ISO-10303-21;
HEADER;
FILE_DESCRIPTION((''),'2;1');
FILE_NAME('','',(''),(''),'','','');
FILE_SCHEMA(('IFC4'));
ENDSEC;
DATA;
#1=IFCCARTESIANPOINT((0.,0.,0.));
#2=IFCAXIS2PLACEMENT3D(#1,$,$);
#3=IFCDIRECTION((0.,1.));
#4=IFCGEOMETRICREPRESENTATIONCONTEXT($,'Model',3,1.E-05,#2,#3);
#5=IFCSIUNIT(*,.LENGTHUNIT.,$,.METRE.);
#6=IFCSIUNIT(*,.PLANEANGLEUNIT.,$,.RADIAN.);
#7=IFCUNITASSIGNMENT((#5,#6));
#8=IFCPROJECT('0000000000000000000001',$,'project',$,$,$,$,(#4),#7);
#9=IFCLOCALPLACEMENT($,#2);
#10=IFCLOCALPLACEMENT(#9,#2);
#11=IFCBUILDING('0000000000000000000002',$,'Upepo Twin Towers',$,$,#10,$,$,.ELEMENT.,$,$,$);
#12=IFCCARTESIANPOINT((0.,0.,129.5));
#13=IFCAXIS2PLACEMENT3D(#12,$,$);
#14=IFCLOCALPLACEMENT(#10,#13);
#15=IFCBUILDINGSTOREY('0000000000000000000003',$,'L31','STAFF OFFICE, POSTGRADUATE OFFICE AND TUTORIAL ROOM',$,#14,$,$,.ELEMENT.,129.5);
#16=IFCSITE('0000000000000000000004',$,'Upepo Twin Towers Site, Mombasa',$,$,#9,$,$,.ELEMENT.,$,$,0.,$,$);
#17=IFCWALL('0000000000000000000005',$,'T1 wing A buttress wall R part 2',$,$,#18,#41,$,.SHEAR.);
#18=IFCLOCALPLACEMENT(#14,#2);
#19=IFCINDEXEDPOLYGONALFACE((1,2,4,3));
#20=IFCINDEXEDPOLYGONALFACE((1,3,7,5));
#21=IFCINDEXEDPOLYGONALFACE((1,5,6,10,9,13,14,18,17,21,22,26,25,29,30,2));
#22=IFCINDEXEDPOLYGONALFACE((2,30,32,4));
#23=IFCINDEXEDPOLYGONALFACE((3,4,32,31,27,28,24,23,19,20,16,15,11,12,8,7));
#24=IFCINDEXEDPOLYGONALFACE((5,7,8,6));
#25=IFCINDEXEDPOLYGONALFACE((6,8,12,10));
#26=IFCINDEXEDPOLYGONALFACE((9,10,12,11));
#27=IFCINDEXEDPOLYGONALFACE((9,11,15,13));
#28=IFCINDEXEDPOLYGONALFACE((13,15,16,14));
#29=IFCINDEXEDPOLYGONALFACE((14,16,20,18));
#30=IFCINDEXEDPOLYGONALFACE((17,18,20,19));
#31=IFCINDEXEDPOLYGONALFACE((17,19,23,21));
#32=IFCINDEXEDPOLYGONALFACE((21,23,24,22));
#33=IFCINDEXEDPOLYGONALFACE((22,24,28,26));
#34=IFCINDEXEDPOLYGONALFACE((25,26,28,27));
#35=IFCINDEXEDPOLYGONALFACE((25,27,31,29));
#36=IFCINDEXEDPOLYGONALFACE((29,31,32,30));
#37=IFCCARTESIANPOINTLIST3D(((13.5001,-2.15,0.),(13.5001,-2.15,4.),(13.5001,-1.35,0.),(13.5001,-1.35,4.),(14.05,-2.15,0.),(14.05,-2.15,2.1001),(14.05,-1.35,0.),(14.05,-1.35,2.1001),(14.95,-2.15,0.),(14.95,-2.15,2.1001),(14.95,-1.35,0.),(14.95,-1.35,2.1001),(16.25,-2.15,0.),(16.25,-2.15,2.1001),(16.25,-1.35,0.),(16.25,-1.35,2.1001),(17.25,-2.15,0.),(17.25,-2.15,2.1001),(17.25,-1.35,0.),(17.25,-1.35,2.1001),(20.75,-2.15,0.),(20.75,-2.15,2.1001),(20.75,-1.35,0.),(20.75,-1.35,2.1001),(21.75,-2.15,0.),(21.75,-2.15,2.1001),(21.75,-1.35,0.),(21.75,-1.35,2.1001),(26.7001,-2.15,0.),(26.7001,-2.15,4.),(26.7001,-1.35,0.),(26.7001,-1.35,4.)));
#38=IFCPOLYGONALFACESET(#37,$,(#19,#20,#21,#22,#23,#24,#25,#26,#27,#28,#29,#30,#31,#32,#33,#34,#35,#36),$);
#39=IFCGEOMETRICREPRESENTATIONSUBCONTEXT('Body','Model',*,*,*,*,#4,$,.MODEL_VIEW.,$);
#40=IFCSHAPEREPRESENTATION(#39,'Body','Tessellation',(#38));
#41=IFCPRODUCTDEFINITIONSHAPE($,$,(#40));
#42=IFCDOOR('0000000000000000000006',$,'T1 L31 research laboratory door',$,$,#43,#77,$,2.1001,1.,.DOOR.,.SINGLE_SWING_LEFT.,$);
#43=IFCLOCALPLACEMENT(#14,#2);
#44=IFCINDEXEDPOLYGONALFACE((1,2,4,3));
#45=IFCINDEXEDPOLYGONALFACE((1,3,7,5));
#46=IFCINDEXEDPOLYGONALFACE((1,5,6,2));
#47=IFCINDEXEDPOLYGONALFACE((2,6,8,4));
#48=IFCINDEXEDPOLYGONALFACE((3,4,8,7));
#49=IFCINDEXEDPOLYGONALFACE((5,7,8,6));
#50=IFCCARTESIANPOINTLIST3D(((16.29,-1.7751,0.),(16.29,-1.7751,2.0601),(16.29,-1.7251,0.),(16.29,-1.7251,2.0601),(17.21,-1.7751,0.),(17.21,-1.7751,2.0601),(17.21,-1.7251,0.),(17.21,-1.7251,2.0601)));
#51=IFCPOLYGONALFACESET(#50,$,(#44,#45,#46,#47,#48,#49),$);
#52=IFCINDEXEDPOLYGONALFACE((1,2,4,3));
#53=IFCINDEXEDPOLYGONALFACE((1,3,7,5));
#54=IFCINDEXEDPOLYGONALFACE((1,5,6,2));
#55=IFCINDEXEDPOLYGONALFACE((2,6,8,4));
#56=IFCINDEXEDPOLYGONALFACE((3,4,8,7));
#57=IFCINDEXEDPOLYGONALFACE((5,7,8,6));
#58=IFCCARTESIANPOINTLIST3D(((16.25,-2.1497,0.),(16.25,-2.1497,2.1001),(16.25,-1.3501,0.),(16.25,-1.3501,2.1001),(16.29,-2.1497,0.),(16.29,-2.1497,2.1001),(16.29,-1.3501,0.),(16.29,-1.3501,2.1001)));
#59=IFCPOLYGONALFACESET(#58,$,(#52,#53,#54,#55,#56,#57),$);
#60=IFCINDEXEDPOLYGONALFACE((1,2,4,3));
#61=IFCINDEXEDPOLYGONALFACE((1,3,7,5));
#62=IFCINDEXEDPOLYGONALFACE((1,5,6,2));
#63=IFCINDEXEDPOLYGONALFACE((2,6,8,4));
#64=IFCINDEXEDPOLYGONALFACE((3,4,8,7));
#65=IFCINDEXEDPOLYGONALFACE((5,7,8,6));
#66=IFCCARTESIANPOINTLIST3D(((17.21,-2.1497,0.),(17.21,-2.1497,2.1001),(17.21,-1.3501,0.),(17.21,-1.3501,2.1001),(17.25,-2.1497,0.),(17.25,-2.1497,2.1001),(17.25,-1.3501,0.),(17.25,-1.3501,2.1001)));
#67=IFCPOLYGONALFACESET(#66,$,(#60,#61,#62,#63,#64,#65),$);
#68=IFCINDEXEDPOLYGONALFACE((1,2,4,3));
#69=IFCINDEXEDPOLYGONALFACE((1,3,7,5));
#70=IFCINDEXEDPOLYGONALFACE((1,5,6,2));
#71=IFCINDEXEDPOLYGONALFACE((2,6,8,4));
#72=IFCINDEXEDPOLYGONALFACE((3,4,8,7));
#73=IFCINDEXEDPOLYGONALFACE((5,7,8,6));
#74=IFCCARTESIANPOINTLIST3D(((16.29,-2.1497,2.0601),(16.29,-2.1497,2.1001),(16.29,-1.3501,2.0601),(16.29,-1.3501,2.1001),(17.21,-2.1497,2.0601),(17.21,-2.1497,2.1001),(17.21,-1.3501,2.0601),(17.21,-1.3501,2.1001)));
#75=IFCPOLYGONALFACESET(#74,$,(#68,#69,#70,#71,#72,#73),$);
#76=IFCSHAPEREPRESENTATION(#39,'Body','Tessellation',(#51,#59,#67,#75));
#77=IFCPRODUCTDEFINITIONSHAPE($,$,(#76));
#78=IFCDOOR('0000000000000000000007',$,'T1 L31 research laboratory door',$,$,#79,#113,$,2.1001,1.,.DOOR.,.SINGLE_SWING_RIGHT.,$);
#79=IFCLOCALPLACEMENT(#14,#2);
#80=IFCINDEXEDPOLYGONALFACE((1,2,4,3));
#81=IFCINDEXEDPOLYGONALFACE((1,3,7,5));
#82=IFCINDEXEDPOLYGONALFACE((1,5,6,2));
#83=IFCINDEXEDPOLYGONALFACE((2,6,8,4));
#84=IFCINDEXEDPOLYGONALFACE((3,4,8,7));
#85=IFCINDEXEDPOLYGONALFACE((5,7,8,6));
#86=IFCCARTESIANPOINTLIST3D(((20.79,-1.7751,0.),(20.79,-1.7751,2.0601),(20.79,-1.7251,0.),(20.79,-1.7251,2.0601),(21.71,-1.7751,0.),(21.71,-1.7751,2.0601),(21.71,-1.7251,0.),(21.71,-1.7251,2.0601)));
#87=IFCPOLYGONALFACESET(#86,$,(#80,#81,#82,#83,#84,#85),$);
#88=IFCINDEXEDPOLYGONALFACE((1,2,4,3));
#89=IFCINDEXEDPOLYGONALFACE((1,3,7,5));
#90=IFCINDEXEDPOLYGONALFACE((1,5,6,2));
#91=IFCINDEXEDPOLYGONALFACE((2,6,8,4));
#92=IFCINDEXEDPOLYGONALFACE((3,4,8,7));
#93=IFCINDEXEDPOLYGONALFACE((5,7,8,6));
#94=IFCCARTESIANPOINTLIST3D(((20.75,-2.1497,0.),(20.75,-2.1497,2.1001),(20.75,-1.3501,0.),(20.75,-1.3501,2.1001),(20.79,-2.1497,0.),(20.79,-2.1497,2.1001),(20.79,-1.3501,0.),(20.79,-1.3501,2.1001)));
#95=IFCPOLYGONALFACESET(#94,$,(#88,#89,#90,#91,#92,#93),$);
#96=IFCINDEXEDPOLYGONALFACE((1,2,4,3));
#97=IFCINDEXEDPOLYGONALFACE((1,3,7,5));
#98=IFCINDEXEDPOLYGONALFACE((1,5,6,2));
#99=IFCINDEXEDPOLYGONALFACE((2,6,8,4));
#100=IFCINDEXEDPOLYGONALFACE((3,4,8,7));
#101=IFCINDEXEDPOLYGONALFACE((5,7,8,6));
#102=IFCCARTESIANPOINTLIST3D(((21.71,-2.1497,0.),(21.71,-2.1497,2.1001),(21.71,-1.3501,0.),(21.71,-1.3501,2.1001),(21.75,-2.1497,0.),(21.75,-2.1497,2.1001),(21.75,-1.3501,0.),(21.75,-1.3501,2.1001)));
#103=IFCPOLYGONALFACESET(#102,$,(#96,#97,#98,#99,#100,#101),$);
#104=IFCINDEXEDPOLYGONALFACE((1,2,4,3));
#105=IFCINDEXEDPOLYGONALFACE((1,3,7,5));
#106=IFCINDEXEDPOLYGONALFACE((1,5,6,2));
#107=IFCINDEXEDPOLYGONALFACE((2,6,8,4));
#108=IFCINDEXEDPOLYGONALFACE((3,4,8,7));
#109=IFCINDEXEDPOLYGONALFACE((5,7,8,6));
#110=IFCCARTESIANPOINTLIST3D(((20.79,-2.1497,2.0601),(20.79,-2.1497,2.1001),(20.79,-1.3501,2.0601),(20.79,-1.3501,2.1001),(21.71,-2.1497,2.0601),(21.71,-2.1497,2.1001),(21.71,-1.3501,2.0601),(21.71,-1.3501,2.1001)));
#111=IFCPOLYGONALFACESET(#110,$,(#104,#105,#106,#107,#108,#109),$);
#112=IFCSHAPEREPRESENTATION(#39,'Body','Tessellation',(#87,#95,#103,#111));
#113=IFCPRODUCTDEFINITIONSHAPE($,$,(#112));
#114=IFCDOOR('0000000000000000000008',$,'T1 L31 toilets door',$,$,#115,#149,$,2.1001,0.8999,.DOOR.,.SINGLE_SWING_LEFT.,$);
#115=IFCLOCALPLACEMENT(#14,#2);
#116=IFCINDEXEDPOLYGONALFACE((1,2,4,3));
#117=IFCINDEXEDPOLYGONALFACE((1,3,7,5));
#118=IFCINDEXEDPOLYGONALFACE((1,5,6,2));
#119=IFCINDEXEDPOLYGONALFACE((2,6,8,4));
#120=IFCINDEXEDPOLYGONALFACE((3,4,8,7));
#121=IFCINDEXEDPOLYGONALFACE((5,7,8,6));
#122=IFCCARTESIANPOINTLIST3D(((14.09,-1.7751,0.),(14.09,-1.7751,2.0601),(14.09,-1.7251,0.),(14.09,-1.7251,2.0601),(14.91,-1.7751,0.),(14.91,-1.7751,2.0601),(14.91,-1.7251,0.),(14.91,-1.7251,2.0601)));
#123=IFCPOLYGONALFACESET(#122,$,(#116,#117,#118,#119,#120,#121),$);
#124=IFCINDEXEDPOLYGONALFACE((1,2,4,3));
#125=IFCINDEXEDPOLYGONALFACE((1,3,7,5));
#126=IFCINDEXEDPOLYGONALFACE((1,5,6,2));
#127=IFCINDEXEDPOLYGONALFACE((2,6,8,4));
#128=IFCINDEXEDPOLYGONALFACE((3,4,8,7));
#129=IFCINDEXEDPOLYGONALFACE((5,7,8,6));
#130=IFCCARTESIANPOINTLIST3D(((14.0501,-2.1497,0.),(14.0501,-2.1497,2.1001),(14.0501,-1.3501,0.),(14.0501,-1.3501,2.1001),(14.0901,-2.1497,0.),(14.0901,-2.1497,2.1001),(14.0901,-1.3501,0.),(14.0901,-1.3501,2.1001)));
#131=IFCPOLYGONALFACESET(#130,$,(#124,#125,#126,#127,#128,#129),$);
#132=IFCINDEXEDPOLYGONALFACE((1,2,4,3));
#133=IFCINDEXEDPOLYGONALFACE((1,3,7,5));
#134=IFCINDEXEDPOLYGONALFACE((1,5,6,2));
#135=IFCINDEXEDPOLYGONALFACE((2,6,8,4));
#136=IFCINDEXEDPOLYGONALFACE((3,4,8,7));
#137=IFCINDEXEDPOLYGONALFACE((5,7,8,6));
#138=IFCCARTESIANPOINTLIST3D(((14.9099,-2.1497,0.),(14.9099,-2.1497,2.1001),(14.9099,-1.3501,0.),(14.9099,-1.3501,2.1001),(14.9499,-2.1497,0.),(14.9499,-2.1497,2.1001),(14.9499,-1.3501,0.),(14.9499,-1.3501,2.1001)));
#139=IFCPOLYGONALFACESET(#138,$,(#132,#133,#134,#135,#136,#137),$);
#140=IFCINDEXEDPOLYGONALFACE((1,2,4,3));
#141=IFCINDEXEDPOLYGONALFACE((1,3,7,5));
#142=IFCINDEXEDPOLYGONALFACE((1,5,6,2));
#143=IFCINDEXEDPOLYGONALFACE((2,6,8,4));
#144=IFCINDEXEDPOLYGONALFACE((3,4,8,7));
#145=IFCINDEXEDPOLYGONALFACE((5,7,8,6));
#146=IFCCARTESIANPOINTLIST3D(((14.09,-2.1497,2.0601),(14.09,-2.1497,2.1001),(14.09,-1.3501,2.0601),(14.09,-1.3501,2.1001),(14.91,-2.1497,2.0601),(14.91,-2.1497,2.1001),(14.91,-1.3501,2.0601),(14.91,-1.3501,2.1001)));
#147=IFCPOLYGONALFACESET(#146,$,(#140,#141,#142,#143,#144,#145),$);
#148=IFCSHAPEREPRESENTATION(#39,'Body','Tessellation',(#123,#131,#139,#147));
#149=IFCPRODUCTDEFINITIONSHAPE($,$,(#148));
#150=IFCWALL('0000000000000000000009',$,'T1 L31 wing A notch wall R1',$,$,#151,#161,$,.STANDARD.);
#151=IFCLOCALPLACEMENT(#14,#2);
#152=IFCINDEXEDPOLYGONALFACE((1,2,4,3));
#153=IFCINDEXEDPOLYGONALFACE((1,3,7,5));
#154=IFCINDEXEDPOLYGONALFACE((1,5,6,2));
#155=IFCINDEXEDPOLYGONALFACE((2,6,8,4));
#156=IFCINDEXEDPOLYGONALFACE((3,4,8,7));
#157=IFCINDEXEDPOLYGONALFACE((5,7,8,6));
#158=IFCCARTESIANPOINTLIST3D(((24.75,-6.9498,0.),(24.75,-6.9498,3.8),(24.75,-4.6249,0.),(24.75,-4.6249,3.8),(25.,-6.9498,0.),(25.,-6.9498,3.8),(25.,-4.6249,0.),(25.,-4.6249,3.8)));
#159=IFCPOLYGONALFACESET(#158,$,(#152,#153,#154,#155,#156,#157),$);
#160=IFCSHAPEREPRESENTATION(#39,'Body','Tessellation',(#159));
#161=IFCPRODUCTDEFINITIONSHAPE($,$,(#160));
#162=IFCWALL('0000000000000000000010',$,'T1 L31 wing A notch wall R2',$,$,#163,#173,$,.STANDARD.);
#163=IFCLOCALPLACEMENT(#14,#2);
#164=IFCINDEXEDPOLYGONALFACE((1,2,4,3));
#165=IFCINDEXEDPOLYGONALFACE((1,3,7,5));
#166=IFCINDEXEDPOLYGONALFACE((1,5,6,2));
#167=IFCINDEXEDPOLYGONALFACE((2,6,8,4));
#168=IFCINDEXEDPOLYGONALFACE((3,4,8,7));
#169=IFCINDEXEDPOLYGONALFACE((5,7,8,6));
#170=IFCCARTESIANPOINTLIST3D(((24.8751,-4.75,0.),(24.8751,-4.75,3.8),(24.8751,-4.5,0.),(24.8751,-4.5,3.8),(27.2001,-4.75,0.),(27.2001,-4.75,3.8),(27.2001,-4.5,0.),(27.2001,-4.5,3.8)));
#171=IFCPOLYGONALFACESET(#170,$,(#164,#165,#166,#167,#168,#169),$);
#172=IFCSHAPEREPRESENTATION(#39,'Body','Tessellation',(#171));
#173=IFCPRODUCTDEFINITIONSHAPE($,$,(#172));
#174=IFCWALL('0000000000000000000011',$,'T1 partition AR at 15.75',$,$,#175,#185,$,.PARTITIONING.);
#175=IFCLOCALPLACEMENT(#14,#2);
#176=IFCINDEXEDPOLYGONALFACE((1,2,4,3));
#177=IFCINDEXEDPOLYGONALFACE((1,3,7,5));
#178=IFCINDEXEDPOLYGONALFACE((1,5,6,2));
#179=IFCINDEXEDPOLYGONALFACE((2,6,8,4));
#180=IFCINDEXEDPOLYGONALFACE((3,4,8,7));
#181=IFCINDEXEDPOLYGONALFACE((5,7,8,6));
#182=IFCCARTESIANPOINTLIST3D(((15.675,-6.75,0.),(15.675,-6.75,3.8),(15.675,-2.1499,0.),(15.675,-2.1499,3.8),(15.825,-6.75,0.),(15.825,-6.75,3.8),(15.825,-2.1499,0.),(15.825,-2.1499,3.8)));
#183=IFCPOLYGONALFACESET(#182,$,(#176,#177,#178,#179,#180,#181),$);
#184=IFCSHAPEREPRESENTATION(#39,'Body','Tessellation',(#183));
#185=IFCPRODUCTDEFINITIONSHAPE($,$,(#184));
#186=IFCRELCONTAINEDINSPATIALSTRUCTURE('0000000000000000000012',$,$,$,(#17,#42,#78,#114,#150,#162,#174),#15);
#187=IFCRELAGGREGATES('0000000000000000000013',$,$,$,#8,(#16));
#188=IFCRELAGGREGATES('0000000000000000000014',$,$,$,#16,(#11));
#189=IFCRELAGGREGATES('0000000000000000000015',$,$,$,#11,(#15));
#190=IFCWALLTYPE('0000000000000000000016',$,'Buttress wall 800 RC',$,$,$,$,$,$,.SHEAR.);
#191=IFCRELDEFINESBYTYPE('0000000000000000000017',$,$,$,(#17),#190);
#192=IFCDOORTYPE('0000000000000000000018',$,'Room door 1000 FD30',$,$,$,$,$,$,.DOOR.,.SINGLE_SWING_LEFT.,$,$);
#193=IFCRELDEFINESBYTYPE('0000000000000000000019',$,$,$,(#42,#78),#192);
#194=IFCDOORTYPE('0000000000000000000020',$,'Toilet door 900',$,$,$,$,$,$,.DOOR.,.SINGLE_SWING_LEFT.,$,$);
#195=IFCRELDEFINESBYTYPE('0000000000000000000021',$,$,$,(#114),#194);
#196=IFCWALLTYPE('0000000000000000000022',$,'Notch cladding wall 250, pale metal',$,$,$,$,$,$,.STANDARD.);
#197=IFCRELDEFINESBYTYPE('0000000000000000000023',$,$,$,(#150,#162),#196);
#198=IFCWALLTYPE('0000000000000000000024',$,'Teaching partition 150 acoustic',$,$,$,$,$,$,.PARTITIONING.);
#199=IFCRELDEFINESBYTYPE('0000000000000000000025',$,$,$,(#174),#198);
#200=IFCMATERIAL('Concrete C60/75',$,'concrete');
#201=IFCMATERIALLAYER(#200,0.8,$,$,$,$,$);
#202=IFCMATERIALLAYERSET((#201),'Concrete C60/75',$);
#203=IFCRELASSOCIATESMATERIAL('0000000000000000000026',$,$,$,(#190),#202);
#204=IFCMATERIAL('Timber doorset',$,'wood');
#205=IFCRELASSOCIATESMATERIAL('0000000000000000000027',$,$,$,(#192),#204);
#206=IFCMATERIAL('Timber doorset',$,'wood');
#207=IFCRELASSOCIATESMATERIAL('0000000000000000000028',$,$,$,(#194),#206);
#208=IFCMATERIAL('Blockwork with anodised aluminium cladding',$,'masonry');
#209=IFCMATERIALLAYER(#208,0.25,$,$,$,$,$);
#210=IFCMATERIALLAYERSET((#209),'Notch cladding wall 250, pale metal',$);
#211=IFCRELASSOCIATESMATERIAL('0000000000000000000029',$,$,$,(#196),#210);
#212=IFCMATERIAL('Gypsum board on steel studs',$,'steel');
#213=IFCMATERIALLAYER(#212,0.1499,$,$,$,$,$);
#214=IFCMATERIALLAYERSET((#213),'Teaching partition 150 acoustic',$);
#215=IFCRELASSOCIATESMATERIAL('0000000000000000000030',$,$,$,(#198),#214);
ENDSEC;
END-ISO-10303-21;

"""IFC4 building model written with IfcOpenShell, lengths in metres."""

from ifc_helpers import new_model, si_unit, direction, frame, frame_2d, origin, place, context, subcontext, project, spatial, rectangle, extrude, material, layer, layer_set, type_object, element, fill, save


model = new_model("IFC4")

# Units and contexts
model_context = context("Model", 3, precision=1e-05, world=origin(), true_north=direction((0.0, 1.0)))
body_context = subcontext(model_context, "Body", "Model", "MODEL_VIEW")
ifc_project = project(units=[si_unit("LENGTHUNIT", "METRE"), si_unit("PLANEANGLEUNIT", "RADIAN")], contexts=[model_context])

# Site, building, storey
site_placement = place(None, origin())
site = spatial("IfcSite", under=ifc_project, at=site_placement, Name="Upepo Twin Towers Site, Mombasa", CompositionType="ELEMENT", RefElevation=0.0)
building_placement = place(site_placement, origin())
building = spatial("IfcBuilding", under=site, at=building_placement, Name="Upepo Twin Towers", CompositionType="ELEMENT")
storey_placement = place(building_placement, frame((0.0, 0.0, 129.5)))
storey = spatial("IfcBuildingStorey", under=building, at=storey_placement, Name="L31", Description="STAFF OFFICE, POSTGRADUATE OFFICE AND TUTORIAL ROOM", CompositionType="ELEMENT", Elevation=129.5)

# Wall, openings, doors
ifc_material_1 = material(Name="Concrete C60/75", Category="concrete")
ifc_layer_1 = layer(ifc_material_1, 0.8)
ifc_layer_set_1 = layer_set([ifc_layer_1], Name="Concrete C60/75")
wall_type_1 = type_object("IfcWallType", Name="Buttress wall 800 RC", PredefinedType="SHEAR", material=ifc_layer_set_1)
wall_1_placement = place(storey_placement, frame((13.5, -1.75, 0.0), z_axis=(0.0, 0.0, 1.0), x_axis=(1.0, 0.0, 0.0)))
wall_1 = element("IfcWall", 1, at=wall_1_placement, inside=storey, type_object=wall_type_1, Name="T1 wing A buttress wall R part 2", PredefinedType="SHEAR", context=body_context, shape_type="SweptSolid", body=[
    extrude(rectangle(XDim=13.2, YDim=0.8, at=frame_2d((6.6001, 0.0))), origin(), (0.0, 0.0, 1.0), 4.0),
])
opening_1_placement = place(wall_1_placement, frame((0.55, 0.0, 0.0)))
opening_1 = element("IfcOpeningElement", 2, at=opening_1_placement, cuts=wall_1, PredefinedType="OPENING", context=body_context, shape_type="SweptSolid", body=[
    extrude(rectangle(XDim=0.8999, YDim=2.1001, at=frame_2d((0.45, 1.05))), frame((0.0, 0.4099, 0.0), z_axis=(0.0, -1.0, 0.0), x_axis=(1.0, 0.0, 0.0)), (0.0, 0.0, 1.0), 0.8201),
])
opening_2_placement = place(wall_1_placement, frame((2.75, 0.0, 0.0)))
opening_2 = element("IfcOpeningElement", 3, at=opening_2_placement, cuts=wall_1, PredefinedType="OPENING", context=body_context, shape_type="SweptSolid", body=[
    extrude(rectangle(XDim=1.0, YDim=2.1001, at=frame_2d((0.5, 1.05))), frame((0.0, 0.4099, 0.0), z_axis=(0.0, -1.0, 0.0), x_axis=(1.0, 0.0, 0.0)), (0.0, 0.0, 1.0), 0.8201),
])
opening_3_placement = place(wall_1_placement, frame((7.25, 0.0, 0.0)))
opening_3 = element("IfcOpeningElement", 4, at=opening_3_placement, cuts=wall_1, PredefinedType="OPENING", context=body_context, shape_type="SweptSolid", body=[
    extrude(rectangle(XDim=1.0, YDim=2.1001, at=frame_2d((0.5, 1.05))), frame((0.0, 0.4099, 0.0), z_axis=(0.0, -1.0, 0.0), x_axis=(1.0, 0.0, 0.0)), (0.0, 0.0, 1.0), 0.8201),
])
ifc_material_2 = material(Name="Timber doorset", Category="wood")
door_type_1 = type_object("IfcDoorType", Name="Room door 1000 FD30", OperationType="SINGLE_SWING_LEFT", PredefinedType="DOOR", material=ifc_material_2)
door_1_placement = place(opening_2_placement, origin())
door_1 = element("IfcDoor", 5, at=door_1_placement, inside=storey, type_object=door_type_1, Name="T1 L31 research laboratory door", OperationType="SINGLE_SWING_LEFT", OverallHeight=2.1001, OverallWidth=1.0, PredefinedType="DOOR", context=body_context, shape_type="SweptSolid", body=[
    extrude(rectangle(XDim=0.92, YDim=2.0601, at=frame_2d((0.5, 1.03))), frame((0.0, 0.0249, 0.0), z_axis=(0.0, -1.0, 0.0), x_axis=(1.0, 0.0, 0.0)), (0.0, 0.0, 1.0), 0.05),
    extrude(rectangle(XDim=0.04, YDim=2.1001, at=frame_2d((0.02, 1.05))), frame((0.0, 0.3999, 0.0), z_axis=(0.0, -1.0, 0.0), x_axis=(1.0, 0.0, 0.0)), (0.0, 0.0, 1.0), 0.7996),
    extrude(rectangle(XDim=0.04, YDim=2.1001, at=frame_2d((0.98, 1.05))), frame((0.0, 0.3999, 0.0), z_axis=(0.0, -1.0, 0.0), x_axis=(1.0, 0.0, 0.0)), (0.0, 0.0, 1.0), 0.7996),
    extrude(rectangle(XDim=0.92, YDim=0.04, at=frame_2d((0.5, 2.0801))), frame((0.0, 0.3999, 0.0), z_axis=(0.0, -1.0, 0.0), x_axis=(1.0, 0.0, 0.0)), (0.0, 0.0, 1.0), 0.7996),
])
fill(opening_2, door_1)
door_2_placement = place(opening_3_placement, origin())
door_2 = element("IfcDoor", 6, at=door_2_placement, inside=storey, type_object=door_type_1, Name="T1 L31 research laboratory door", OperationType="SINGLE_SWING_RIGHT", OverallHeight=2.1001, OverallWidth=1.0, PredefinedType="DOOR", context=body_context, shape_type="SweptSolid", body=[
    extrude(rectangle(XDim=0.92, YDim=2.0601, at=frame_2d((0.5, 1.03))), frame((0.0, 0.0249, 0.0), z_axis=(0.0, -1.0, 0.0), x_axis=(1.0, 0.0, 0.0)), (0.0, 0.0, 1.0), 0.05),
    extrude(rectangle(XDim=0.04, YDim=2.1001, at=frame_2d((0.02, 1.05))), frame((0.0, 0.3999, 0.0), z_axis=(0.0, -1.0, 0.0), x_axis=(1.0, 0.0, 0.0)), (0.0, 0.0, 1.0), 0.7996),
    extrude(rectangle(XDim=0.04, YDim=2.1001, at=frame_2d((0.98, 1.05))), frame((0.0, 0.3999, 0.0), z_axis=(0.0, -1.0, 0.0), x_axis=(1.0, 0.0, 0.0)), (0.0, 0.0, 1.0), 0.7996),
    extrude(rectangle(XDim=0.92, YDim=0.04, at=frame_2d((0.5, 2.0801))), frame((0.0, 0.3999, 0.0), z_axis=(0.0, -1.0, 0.0), x_axis=(1.0, 0.0, 0.0)), (0.0, 0.0, 1.0), 0.7996),
])
fill(opening_3, door_2)
ifc_material_3 = material(Name="Timber doorset", Category="wood")
door_type_2 = type_object("IfcDoorType", Name="Toilet door 900", OperationType="SINGLE_SWING_LEFT", PredefinedType="DOOR", material=ifc_material_3)
door_3_placement = place(opening_1_placement, origin())
door_3 = element("IfcDoor", 7, at=door_3_placement, inside=storey, type_object=door_type_2, Name="T1 L31 toilets door", OperationType="SINGLE_SWING_LEFT", OverallHeight=2.1001, OverallWidth=0.8999, PredefinedType="DOOR", context=body_context, shape_type="SweptSolid", body=[
    extrude(rectangle(XDim=0.8199, YDim=2.0601, at=frame_2d((0.45, 1.03))), frame((0.0, 0.0249, 0.0), z_axis=(0.0, -1.0, 0.0), x_axis=(1.0, 0.0, 0.0)), (0.0, 0.0, 1.0), 0.05),
    extrude(rectangle(XDim=0.04, YDim=2.1001, at=frame_2d((0.02, 1.05))), frame((0.0, 0.3999, 0.0), z_axis=(0.0, -1.0, 0.0), x_axis=(1.0, 0.0, 0.0)), (0.0, 0.0, 1.0), 0.7996),
    extrude(rectangle(XDim=0.04, YDim=2.1001, at=frame_2d((0.8799, 1.05))), frame((0.0, 0.3999, 0.0), z_axis=(0.0, -1.0, 0.0), x_axis=(1.0, 0.0, 0.0)), (0.0, 0.0, 1.0), 0.7996),
    extrude(rectangle(XDim=0.8199, YDim=0.04, at=frame_2d((0.45, 2.0801))), frame((0.0, 0.3999, 0.0), z_axis=(0.0, -1.0, 0.0), x_axis=(1.0, 0.0, 0.0)), (0.0, 0.0, 1.0), 0.7996),
])
fill(opening_1, door_3)

# Walls
ifc_material_4 = material(Name="Blockwork with anodised aluminium cladding", Category="masonry")
ifc_layer_2 = layer(ifc_material_4, 0.25)
ifc_layer_set_2 = layer_set([ifc_layer_2], Name="Notch cladding wall 250, pale metal")
wall_type_2 = type_object("IfcWallType", Name="Notch cladding wall 250, pale metal", PredefinedType="STANDARD", material=ifc_layer_set_2)
for number, where, z_axis, x_axis, name in (
    (8, (24.875, -6.95, 0.0), (0.0, 0.0, 1.0), (0.0, 1.0, 0.0), "T1 L31 wing A notch wall R1"),
    (9, (24.875, -4.625, 0.0), (0.0, 0.0, 1.0), (1.0, 0.0, 0.0), "T1 L31 wing A notch wall R2"),
):
    element("IfcWall", number, at=place(storey_placement, frame(where, z_axis=z_axis, x_axis=x_axis)), inside=storey, type_object=wall_type_2, Name=name, PredefinedType="STANDARD", context=body_context, shape_type="SweptSolid", body=[
        extrude(rectangle(XDim=2.325, YDim=0.25, at=frame_2d((1.1626, 0.0))), origin(), (0.0, 0.0, 1.0), 3.8),
    ])
ifc_material_5 = material(Name="Gypsum board on steel studs", Category="steel")
ifc_layer_3 = layer(ifc_material_5, 0.1499)
ifc_layer_set_3 = layer_set([ifc_layer_3], Name="Teaching partition 150 acoustic")
wall_type_3 = type_object("IfcWallType", Name="Teaching partition 150 acoustic", PredefinedType="PARTITIONING", material=ifc_layer_set_3)
wall_2_placement = place(storey_placement, frame((15.75, -2.1499, 0.0), z_axis=(0.0, 0.0, 1.0), x_axis=(0.0, -1.0, 0.0)))
element("IfcWall", 10, at=wall_2_placement, inside=storey, type_object=wall_type_3, Name="T1 partition AR at 15.75", PredefinedType="PARTITIONING", context=body_context, shape_type="SweptSolid", body=[
    extrude(rectangle(XDim=4.6001, YDim=0.1499, at=frame_2d((2.3, 0.0))), origin(), (0.0, 0.0, 1.0), 3.8),
])

save(model, "model.ifc")
